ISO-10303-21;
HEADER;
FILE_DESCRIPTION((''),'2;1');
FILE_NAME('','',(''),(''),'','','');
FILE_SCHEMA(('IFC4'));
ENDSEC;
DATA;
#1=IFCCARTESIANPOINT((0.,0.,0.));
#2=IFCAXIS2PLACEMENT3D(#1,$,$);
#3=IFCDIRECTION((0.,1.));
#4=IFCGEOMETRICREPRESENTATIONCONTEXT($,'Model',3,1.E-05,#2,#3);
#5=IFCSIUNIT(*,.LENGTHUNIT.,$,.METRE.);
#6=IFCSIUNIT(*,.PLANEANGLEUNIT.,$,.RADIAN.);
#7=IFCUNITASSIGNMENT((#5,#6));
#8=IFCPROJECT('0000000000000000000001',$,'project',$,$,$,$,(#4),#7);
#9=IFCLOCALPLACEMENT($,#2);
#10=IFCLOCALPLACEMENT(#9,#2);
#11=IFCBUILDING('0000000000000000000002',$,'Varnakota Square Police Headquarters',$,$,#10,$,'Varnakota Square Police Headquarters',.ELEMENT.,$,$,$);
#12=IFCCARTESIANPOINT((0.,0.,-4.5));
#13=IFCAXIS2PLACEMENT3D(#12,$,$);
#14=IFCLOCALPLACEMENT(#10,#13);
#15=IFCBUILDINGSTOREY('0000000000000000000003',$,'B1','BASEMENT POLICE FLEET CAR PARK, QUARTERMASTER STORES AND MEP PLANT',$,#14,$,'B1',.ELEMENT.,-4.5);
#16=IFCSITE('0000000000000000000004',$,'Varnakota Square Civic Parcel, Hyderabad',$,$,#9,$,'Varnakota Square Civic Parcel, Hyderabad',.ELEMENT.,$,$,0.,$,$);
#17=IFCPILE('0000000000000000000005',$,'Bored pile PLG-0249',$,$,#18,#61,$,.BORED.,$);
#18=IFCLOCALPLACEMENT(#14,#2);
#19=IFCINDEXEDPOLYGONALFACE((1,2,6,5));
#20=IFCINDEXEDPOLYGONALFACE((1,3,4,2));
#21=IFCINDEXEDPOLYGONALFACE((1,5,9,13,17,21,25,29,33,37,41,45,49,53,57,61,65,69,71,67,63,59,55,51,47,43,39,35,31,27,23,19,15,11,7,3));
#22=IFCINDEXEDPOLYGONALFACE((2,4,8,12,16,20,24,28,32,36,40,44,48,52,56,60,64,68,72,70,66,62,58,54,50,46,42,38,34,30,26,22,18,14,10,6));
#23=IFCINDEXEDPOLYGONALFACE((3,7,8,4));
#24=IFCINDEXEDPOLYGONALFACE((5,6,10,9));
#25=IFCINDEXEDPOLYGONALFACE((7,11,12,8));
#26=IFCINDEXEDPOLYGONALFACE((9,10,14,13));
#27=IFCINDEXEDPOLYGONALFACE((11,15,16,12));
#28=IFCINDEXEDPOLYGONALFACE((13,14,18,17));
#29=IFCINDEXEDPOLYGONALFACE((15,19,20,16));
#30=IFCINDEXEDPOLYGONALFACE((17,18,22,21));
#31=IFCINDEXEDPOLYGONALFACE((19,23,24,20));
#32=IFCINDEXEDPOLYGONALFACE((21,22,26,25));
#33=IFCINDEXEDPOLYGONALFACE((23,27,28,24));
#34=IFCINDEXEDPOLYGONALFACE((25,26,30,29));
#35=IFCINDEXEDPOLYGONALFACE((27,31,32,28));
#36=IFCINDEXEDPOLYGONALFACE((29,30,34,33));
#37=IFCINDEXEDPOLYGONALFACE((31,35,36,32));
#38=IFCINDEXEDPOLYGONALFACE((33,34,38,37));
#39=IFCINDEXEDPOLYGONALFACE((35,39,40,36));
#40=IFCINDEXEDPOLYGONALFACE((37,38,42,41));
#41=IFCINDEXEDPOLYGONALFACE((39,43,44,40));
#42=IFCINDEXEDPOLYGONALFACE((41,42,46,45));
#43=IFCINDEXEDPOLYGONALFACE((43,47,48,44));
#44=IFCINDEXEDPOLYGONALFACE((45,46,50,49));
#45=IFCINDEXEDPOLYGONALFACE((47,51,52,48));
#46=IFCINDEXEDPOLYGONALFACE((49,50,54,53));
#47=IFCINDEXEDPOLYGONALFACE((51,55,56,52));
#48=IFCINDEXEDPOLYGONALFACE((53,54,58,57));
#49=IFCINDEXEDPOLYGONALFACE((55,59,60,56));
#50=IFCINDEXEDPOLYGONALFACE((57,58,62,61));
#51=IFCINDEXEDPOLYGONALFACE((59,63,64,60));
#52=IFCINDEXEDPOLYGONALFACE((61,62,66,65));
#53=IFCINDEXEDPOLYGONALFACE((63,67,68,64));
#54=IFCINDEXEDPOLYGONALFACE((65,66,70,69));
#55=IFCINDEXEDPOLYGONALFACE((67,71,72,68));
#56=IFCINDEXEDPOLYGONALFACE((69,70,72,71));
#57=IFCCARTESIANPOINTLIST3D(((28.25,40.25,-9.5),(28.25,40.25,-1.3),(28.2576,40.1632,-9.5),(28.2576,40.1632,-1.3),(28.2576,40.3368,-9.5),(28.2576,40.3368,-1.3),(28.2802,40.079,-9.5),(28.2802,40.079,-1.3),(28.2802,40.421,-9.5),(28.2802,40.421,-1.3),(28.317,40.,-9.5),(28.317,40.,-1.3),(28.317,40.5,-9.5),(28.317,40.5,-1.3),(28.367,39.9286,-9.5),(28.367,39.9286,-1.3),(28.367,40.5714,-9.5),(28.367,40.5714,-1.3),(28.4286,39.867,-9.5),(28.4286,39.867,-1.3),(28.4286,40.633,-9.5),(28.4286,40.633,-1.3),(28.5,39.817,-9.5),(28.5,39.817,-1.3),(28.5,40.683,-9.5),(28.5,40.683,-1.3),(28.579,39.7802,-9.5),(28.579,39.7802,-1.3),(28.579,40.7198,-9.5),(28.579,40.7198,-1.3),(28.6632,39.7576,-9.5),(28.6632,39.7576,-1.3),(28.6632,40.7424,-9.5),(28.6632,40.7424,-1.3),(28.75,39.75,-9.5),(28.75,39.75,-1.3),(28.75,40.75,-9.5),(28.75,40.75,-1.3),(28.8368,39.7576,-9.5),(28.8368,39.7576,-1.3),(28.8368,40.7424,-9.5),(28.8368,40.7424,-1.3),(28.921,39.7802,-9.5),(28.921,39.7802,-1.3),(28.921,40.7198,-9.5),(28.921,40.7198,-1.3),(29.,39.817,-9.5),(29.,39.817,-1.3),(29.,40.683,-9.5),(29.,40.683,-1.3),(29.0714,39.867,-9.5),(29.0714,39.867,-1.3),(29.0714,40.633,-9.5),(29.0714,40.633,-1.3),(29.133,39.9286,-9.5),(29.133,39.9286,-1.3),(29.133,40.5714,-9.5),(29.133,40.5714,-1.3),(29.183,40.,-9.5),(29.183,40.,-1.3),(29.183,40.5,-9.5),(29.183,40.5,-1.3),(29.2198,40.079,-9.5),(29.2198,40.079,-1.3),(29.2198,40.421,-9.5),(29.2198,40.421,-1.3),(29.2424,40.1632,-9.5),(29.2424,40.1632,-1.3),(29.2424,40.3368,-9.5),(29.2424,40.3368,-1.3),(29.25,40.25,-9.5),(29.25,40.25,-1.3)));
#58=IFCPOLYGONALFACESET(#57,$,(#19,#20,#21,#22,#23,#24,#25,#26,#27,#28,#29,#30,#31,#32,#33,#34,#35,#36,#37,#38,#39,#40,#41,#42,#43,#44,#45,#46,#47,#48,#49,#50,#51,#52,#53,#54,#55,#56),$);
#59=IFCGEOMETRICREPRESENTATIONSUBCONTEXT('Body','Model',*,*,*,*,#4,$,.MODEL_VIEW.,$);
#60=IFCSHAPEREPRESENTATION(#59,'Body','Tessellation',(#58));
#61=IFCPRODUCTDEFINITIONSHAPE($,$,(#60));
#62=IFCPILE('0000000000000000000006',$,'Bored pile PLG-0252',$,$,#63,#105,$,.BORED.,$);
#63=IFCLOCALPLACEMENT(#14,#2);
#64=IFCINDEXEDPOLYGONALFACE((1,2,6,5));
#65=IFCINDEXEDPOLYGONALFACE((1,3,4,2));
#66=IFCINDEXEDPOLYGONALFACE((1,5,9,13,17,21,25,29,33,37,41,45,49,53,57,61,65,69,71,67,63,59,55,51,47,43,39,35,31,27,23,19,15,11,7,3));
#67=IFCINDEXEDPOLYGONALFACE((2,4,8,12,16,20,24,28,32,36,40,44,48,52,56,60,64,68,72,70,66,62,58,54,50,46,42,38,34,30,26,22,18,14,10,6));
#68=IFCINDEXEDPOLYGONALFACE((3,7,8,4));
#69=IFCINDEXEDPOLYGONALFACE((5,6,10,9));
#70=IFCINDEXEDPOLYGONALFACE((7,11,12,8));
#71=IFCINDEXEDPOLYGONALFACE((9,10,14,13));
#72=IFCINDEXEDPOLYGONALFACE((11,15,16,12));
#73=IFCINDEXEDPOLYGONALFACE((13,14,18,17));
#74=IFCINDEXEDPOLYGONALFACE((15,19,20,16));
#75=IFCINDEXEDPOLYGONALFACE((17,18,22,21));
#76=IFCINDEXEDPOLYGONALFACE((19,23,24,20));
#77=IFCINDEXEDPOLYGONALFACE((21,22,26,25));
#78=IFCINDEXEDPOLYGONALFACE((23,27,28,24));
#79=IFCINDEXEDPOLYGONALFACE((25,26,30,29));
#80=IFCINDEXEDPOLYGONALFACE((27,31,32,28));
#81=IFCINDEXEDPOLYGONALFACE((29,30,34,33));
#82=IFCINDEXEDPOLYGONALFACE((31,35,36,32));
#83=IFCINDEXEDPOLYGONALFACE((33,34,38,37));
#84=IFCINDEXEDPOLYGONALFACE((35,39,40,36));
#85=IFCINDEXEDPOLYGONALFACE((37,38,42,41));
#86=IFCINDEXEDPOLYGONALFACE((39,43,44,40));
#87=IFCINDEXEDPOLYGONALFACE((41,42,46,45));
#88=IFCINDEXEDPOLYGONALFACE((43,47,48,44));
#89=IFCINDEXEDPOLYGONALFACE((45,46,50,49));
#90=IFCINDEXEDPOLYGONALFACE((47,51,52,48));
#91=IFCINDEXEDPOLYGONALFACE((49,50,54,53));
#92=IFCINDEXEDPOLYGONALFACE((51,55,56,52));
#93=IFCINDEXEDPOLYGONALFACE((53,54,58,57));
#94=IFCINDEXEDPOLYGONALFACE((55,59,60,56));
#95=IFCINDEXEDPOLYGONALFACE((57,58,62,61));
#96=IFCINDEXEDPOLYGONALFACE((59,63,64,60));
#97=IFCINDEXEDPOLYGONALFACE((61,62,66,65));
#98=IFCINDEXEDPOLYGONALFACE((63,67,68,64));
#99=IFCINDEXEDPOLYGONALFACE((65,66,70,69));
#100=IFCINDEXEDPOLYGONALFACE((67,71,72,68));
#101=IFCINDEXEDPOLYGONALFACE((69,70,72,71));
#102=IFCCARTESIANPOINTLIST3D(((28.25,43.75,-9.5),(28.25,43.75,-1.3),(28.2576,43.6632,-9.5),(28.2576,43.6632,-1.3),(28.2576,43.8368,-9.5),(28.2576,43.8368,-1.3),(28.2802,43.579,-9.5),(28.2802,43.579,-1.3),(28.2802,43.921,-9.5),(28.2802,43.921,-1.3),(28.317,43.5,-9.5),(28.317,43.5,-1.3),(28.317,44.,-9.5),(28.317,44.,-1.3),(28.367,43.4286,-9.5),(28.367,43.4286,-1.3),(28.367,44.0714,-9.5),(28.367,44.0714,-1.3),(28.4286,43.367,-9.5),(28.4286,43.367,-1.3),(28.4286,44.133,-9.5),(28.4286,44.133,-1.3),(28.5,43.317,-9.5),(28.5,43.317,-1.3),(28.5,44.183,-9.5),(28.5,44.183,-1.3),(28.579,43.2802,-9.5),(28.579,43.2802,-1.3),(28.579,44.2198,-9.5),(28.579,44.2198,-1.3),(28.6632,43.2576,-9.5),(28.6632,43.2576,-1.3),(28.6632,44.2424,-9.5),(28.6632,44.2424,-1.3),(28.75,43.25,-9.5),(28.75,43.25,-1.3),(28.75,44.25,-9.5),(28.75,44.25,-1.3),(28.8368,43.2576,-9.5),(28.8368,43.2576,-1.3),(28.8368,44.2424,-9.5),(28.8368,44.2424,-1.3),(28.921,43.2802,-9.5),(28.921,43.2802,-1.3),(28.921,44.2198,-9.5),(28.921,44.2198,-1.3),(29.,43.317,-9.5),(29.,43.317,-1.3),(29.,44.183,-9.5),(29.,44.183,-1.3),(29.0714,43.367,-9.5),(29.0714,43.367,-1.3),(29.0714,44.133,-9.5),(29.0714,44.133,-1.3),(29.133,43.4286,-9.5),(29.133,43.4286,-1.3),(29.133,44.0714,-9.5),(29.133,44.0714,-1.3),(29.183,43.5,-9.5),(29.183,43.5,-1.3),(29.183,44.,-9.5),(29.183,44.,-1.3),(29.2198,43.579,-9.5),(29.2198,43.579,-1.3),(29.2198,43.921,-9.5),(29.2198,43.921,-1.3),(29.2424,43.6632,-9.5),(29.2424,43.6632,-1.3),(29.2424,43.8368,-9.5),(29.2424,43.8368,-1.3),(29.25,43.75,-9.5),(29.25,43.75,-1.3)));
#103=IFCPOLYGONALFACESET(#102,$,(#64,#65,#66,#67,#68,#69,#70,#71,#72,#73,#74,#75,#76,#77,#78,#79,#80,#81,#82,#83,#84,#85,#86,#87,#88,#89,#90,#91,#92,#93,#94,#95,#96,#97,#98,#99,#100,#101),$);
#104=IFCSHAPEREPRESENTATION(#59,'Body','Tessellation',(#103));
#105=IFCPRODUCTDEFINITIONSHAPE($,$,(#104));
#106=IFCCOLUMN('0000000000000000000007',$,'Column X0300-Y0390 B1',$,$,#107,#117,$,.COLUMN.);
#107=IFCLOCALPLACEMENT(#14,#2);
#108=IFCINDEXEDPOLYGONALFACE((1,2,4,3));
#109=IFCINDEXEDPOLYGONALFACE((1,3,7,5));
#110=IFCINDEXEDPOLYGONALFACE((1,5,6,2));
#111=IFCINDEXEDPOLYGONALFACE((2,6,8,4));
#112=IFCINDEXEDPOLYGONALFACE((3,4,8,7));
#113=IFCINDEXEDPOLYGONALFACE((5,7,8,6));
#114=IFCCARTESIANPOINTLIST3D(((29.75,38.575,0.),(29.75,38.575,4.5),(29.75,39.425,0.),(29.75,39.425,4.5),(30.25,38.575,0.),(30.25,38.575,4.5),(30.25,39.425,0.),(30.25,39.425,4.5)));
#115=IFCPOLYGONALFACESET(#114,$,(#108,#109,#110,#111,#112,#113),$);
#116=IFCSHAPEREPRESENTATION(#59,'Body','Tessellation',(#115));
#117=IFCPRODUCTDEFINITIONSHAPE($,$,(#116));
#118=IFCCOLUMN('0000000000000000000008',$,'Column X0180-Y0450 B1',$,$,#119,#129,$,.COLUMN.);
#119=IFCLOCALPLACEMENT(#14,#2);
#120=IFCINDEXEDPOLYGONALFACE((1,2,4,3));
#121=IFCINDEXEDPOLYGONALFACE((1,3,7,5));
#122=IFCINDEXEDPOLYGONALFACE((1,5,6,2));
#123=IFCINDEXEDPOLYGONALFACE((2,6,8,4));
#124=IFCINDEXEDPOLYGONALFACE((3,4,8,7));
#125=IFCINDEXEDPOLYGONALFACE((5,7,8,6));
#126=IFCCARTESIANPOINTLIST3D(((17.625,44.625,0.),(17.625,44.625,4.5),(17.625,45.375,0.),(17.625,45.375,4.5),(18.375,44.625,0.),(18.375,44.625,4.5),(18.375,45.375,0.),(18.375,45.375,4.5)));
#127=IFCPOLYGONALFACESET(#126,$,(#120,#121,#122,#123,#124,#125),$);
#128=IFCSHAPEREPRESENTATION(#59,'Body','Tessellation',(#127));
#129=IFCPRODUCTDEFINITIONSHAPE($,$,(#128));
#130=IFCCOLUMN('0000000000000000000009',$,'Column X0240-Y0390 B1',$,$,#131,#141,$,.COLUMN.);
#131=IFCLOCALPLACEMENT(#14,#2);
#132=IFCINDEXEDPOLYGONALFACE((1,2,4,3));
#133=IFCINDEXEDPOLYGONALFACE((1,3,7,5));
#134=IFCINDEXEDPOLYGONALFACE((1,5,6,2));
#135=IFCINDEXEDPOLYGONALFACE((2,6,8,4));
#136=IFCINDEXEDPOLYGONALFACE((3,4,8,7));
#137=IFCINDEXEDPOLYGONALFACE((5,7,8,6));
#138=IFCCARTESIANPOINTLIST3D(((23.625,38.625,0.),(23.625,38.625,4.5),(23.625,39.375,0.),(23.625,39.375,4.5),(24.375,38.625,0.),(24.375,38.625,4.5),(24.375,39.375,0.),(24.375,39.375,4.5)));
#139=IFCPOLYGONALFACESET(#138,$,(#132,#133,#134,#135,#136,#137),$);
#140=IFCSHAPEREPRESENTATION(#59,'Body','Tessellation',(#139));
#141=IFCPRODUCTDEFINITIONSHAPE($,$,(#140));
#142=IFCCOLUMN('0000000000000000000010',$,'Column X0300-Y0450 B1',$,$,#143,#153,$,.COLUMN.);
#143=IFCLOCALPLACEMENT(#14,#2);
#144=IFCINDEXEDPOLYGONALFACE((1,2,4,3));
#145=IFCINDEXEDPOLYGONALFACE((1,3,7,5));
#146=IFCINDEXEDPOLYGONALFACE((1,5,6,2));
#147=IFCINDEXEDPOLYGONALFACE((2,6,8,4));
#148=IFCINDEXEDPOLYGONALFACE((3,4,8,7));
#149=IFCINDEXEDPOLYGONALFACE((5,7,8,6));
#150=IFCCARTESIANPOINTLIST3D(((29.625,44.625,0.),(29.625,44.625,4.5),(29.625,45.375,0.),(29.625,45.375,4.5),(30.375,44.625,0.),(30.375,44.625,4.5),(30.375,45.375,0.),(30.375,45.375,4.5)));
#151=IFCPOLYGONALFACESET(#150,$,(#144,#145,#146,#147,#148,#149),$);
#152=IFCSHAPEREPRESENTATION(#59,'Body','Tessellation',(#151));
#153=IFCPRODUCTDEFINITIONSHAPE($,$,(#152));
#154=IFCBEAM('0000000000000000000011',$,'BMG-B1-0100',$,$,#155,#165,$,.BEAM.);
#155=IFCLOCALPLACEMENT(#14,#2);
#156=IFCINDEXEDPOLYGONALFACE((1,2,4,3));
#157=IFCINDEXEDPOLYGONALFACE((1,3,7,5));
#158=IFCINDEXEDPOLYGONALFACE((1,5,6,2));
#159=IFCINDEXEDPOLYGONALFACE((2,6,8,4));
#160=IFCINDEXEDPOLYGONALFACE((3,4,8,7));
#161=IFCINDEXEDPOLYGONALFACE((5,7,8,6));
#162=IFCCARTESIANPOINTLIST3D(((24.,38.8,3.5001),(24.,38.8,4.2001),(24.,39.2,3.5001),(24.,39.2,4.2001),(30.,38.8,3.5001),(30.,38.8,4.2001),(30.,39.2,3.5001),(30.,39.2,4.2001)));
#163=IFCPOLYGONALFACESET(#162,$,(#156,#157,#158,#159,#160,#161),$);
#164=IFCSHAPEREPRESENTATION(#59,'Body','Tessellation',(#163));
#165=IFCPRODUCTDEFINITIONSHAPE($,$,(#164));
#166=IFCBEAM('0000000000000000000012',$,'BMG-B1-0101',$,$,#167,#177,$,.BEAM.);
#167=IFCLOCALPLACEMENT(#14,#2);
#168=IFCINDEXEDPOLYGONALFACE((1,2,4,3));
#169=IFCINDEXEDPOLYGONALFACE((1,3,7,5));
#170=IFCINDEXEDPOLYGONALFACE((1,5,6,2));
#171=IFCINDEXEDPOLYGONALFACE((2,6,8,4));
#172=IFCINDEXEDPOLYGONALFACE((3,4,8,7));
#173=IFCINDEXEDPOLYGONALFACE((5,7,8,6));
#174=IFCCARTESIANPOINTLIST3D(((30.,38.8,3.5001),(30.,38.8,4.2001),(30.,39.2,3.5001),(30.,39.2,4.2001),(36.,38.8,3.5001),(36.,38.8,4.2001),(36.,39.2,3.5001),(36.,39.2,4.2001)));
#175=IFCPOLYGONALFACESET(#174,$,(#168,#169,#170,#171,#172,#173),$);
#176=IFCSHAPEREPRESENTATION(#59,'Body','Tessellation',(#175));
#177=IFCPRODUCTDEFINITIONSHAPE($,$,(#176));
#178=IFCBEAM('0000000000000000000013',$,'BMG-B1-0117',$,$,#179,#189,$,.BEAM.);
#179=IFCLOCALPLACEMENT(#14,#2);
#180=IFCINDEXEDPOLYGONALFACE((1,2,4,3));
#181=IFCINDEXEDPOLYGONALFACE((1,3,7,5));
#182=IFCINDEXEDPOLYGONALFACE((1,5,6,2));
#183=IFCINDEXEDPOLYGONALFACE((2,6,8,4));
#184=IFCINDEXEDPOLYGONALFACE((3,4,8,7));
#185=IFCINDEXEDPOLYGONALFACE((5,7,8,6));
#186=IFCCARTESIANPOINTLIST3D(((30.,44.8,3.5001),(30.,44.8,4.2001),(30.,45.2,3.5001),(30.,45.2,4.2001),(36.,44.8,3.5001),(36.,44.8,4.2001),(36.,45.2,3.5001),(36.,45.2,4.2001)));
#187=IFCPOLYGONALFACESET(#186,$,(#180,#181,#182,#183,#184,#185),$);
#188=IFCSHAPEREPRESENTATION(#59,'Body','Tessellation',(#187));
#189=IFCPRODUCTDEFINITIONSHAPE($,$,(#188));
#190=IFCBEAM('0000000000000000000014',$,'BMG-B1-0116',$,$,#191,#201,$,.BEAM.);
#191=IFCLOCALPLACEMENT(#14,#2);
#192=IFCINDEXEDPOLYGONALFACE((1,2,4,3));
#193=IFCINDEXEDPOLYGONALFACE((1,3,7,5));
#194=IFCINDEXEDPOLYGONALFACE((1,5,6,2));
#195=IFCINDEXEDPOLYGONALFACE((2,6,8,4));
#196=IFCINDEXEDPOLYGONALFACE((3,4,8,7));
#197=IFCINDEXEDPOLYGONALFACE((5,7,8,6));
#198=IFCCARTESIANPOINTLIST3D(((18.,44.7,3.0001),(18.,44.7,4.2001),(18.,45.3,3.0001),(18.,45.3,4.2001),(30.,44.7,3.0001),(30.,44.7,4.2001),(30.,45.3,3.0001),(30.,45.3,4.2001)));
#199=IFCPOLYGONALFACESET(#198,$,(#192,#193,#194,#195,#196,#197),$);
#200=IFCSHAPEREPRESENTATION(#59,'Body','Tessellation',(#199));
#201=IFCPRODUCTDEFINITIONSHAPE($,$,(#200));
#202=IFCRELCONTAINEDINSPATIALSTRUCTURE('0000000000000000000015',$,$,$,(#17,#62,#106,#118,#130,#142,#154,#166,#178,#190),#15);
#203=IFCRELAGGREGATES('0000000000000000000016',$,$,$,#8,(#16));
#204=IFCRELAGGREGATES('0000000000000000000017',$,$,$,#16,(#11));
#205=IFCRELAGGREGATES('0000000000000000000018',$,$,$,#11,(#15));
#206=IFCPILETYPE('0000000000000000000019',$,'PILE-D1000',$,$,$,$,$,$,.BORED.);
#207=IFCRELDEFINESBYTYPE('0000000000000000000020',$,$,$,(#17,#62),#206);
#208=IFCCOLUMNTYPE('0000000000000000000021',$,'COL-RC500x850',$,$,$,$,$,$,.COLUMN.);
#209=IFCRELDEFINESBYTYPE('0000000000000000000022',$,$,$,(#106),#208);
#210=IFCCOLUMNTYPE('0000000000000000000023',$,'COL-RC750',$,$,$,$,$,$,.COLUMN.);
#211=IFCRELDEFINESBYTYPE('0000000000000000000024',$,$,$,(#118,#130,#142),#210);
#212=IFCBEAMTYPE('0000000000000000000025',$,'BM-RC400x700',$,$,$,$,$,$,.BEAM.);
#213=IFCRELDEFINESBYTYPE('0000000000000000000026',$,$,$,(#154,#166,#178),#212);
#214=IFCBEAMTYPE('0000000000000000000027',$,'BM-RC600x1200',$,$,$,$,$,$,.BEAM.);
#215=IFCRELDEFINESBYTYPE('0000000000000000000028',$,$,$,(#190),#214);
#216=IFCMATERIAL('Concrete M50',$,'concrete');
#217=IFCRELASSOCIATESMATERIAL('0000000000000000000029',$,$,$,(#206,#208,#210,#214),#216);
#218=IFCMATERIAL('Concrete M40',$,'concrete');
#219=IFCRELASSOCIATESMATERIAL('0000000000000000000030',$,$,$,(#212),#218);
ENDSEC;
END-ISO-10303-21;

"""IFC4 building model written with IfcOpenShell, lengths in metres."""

from ifc_helpers import new_model, si_unit, direction, frame, origin, origin_2d, place, context, subcontext, project, spatial, rectangle, circle, extrude, material, material_profile, profile_set, type_object, element, save


model = new_model("IFC4")

# Units and contexts
model_context = context("Model", 3, precision=1e-05, world=origin(), true_north=direction((0.0, 1.0)))
body_context = subcontext(model_context, "Body", "Model", "MODEL_VIEW")
ifc_project = project(units=[si_unit("LENGTHUNIT", "METRE"), si_unit("PLANEANGLEUNIT", "RADIAN")], contexts=[model_context])

# Site, building, storey
site_placement = place(None, origin())
site = spatial("IfcSite", under=ifc_project, at=site_placement, Name="Varnakota Square Civic Parcel, Hyderabad", LongName="Varnakota Square Civic Parcel, Hyderabad", CompositionType="ELEMENT", RefElevation=0.0)
building_placement = place(site_placement, origin())
building = spatial("IfcBuilding", under=site, at=building_placement, Name="Varnakota Square Police Headquarters", LongName="Varnakota Square Police Headquarters", CompositionType="ELEMENT")
storey_placement = place(building_placement, frame((0.0, 0.0, -4.5)))
storey = spatial("IfcBuildingStorey", under=building, at=storey_placement, Name="B1", Description="BASEMENT POLICE FLEET CAR PARK, QUARTERMASTER STORES AND MEP PLANT", LongName="B1", CompositionType="ELEMENT", Elevation=-4.5)

# Shared definitions
ifc_material_1 = material(Name="Concrete M40", Category="concrete")
ifc_material_2 = material(Name="Concrete M50", Category="concrete")

# Piles
ifc_material_profile_1 = material_profile(ifc_material_2, circle(Radius=0.5, at=origin_2d()), Name="BORED PILE 1000")
ifc_profile_set_1 = profile_set([ifc_material_profile_1], Name="Concrete M50")
pile_type = type_object("IfcPileType", Name="PILE-D1000", PredefinedType="BORED", material=ifc_profile_set_1)
for number, where, z_axis, x_axis, name in (
    (1, (28.75, 40.25, -1.3), (0.0, 0.0, -1.0), (1.0, 0.0, 0.0), "Bored pile PLG-0249"),
    (2, (28.75, 43.75, -1.3), (0.0, 0.0, -1.0), (1.0, 0.0, 0.0), "Bored pile PLG-0252"),
):
    element("IfcPile", number, at=place(storey_placement, frame(where, z_axis=z_axis, x_axis=x_axis)), inside=storey, type_object=pile_type, Name=name, PredefinedType="BORED", context=body_context, shape_type="SweptSolid", body=[
        extrude(circle(Radius=0.5, at=origin_2d()), origin(), (0.0, 0.0, 1.0), 8.2),
    ])

# Columns
ifc_material_profile_2 = material_profile(ifc_material_2, rectangle(XDim=0.5, YDim=0.8501, at=origin_2d()), Name="RC 500x850")
ifc_profile_set_2 = profile_set([ifc_material_profile_2], Name="Concrete M50")
column_type_1 = type_object("IfcColumnType", Name="COL-RC500x850", PredefinedType="COLUMN", material=ifc_profile_set_2)
column_placement = place(storey_placement, frame((30.0, 39.0, 0.0), z_axis=(0.0, 0.0, 1.0), x_axis=(1.0, 0.0, 0.0)))
element("IfcColumn", 3, at=column_placement, inside=storey, type_object=column_type_1, Name="Column X0300-Y0390 B1", PredefinedType="COLUMN", context=body_context, shape_type="SweptSolid", body=[
    extrude(rectangle(XDim=0.5, YDim=0.8501, at=origin_2d()), origin(), (0.0, 0.0, 1.0), 4.5),
])
ifc_material_profile_3 = material_profile(ifc_material_2, rectangle(XDim=0.75, YDim=0.75, at=origin_2d()), Name="RC 750x750")
ifc_profile_set_3 = profile_set([ifc_material_profile_3], Name="Concrete M50")
column_type_2 = type_object("IfcColumnType", Name="COL-RC750", PredefinedType="COLUMN", material=ifc_profile_set_3)
for number, where, z_axis, x_axis, name in (
    (4, (18.0, 45.0, 0.0), (0.0, 0.0, 1.0), (1.0, 0.0, 0.0), "Column X0180-Y0450 B1"),
    (5, (24.0, 39.0, 0.0), (0.0, 0.0, 1.0), (1.0, 0.0, 0.0), "Column X0240-Y0390 B1"),
    (6, (30.0, 45.0, 0.0), (0.0, 0.0, 1.0), (1.0, 0.0, 0.0), "Column X0300-Y0450 B1"),
):
    element("IfcColumn", number, at=place(storey_placement, frame(where, z_axis=z_axis, x_axis=x_axis)), inside=storey, type_object=column_type_2, Name=name, PredefinedType="COLUMN", context=body_context, shape_type="SweptSolid", body=[
        extrude(rectangle(XDim=0.75, YDim=0.75, at=origin_2d()), origin(), (0.0, 0.0, 1.0), 4.5),
    ])

# Beams
ifc_material_profile_4 = material_profile(ifc_material_1, rectangle(XDim=0.3999, YDim=0.7, at=origin_2d()), Name="RC 400x700")
ifc_profile_set_4 = profile_set([ifc_material_profile_4], Name="Concrete M40")
beam_type_1 = type_object("IfcBeamType", Name="BM-RC400x700", PredefinedType="BEAM", material=ifc_profile_set_4)
for number, where, z_axis, x_axis, name in (
    (7, (24.0, 39.0, 3.8501), (1.0, 0.0, 0.0), (0.0, 1.0, 0.0), "BMG-B1-0100"),
    (8, (30.0, 39.0, 3.8501), (1.0, 0.0, 0.0), (0.0, 1.0, 0.0), "BMG-B1-0101"),
    (9, (30.0, 45.0, 3.8501), (1.0, 0.0, 0.0), (0.0, 1.0, 0.0), "BMG-B1-0117"),
):
    element("IfcBeam", number, at=place(storey_placement, frame(where, z_axis=z_axis, x_axis=x_axis)), inside=storey, type_object=beam_type_1, Name=name, PredefinedType="BEAM", context=body_context, shape_type="SweptSolid", body=[
        extrude(rectangle(XDim=0.3999, YDim=0.7, at=origin_2d()), origin(), (0.0, 0.0, 1.0), 6.0),
    ])
ifc_material_profile_5 = material_profile(ifc_material_2, rectangle(XDim=0.6001, YDim=1.2, at=origin_2d()), Name="RC 600x1200")
ifc_profile_set_5 = profile_set([ifc_material_profile_5], Name="Concrete M50")
beam_type_2 = type_object("IfcBeamType", Name="BM-RC600x1200", PredefinedType="BEAM", material=ifc_profile_set_5)
beam_placement = place(storey_placement, frame((18.0, 45.0, 3.6001), z_axis=(1.0, 0.0, 0.0), x_axis=(0.0, 1.0, 0.0)))
element("IfcBeam", 10, at=beam_placement, inside=storey, type_object=beam_type_2, Name="BMG-B1-0116", PredefinedType="BEAM", context=body_context, shape_type="SweptSolid", body=[
    extrude(rectangle(XDim=0.6001, YDim=1.2, at=origin_2d()), origin(), (0.0, 0.0, 1.0), 12.0),
])

save(model, "model.ifc")
